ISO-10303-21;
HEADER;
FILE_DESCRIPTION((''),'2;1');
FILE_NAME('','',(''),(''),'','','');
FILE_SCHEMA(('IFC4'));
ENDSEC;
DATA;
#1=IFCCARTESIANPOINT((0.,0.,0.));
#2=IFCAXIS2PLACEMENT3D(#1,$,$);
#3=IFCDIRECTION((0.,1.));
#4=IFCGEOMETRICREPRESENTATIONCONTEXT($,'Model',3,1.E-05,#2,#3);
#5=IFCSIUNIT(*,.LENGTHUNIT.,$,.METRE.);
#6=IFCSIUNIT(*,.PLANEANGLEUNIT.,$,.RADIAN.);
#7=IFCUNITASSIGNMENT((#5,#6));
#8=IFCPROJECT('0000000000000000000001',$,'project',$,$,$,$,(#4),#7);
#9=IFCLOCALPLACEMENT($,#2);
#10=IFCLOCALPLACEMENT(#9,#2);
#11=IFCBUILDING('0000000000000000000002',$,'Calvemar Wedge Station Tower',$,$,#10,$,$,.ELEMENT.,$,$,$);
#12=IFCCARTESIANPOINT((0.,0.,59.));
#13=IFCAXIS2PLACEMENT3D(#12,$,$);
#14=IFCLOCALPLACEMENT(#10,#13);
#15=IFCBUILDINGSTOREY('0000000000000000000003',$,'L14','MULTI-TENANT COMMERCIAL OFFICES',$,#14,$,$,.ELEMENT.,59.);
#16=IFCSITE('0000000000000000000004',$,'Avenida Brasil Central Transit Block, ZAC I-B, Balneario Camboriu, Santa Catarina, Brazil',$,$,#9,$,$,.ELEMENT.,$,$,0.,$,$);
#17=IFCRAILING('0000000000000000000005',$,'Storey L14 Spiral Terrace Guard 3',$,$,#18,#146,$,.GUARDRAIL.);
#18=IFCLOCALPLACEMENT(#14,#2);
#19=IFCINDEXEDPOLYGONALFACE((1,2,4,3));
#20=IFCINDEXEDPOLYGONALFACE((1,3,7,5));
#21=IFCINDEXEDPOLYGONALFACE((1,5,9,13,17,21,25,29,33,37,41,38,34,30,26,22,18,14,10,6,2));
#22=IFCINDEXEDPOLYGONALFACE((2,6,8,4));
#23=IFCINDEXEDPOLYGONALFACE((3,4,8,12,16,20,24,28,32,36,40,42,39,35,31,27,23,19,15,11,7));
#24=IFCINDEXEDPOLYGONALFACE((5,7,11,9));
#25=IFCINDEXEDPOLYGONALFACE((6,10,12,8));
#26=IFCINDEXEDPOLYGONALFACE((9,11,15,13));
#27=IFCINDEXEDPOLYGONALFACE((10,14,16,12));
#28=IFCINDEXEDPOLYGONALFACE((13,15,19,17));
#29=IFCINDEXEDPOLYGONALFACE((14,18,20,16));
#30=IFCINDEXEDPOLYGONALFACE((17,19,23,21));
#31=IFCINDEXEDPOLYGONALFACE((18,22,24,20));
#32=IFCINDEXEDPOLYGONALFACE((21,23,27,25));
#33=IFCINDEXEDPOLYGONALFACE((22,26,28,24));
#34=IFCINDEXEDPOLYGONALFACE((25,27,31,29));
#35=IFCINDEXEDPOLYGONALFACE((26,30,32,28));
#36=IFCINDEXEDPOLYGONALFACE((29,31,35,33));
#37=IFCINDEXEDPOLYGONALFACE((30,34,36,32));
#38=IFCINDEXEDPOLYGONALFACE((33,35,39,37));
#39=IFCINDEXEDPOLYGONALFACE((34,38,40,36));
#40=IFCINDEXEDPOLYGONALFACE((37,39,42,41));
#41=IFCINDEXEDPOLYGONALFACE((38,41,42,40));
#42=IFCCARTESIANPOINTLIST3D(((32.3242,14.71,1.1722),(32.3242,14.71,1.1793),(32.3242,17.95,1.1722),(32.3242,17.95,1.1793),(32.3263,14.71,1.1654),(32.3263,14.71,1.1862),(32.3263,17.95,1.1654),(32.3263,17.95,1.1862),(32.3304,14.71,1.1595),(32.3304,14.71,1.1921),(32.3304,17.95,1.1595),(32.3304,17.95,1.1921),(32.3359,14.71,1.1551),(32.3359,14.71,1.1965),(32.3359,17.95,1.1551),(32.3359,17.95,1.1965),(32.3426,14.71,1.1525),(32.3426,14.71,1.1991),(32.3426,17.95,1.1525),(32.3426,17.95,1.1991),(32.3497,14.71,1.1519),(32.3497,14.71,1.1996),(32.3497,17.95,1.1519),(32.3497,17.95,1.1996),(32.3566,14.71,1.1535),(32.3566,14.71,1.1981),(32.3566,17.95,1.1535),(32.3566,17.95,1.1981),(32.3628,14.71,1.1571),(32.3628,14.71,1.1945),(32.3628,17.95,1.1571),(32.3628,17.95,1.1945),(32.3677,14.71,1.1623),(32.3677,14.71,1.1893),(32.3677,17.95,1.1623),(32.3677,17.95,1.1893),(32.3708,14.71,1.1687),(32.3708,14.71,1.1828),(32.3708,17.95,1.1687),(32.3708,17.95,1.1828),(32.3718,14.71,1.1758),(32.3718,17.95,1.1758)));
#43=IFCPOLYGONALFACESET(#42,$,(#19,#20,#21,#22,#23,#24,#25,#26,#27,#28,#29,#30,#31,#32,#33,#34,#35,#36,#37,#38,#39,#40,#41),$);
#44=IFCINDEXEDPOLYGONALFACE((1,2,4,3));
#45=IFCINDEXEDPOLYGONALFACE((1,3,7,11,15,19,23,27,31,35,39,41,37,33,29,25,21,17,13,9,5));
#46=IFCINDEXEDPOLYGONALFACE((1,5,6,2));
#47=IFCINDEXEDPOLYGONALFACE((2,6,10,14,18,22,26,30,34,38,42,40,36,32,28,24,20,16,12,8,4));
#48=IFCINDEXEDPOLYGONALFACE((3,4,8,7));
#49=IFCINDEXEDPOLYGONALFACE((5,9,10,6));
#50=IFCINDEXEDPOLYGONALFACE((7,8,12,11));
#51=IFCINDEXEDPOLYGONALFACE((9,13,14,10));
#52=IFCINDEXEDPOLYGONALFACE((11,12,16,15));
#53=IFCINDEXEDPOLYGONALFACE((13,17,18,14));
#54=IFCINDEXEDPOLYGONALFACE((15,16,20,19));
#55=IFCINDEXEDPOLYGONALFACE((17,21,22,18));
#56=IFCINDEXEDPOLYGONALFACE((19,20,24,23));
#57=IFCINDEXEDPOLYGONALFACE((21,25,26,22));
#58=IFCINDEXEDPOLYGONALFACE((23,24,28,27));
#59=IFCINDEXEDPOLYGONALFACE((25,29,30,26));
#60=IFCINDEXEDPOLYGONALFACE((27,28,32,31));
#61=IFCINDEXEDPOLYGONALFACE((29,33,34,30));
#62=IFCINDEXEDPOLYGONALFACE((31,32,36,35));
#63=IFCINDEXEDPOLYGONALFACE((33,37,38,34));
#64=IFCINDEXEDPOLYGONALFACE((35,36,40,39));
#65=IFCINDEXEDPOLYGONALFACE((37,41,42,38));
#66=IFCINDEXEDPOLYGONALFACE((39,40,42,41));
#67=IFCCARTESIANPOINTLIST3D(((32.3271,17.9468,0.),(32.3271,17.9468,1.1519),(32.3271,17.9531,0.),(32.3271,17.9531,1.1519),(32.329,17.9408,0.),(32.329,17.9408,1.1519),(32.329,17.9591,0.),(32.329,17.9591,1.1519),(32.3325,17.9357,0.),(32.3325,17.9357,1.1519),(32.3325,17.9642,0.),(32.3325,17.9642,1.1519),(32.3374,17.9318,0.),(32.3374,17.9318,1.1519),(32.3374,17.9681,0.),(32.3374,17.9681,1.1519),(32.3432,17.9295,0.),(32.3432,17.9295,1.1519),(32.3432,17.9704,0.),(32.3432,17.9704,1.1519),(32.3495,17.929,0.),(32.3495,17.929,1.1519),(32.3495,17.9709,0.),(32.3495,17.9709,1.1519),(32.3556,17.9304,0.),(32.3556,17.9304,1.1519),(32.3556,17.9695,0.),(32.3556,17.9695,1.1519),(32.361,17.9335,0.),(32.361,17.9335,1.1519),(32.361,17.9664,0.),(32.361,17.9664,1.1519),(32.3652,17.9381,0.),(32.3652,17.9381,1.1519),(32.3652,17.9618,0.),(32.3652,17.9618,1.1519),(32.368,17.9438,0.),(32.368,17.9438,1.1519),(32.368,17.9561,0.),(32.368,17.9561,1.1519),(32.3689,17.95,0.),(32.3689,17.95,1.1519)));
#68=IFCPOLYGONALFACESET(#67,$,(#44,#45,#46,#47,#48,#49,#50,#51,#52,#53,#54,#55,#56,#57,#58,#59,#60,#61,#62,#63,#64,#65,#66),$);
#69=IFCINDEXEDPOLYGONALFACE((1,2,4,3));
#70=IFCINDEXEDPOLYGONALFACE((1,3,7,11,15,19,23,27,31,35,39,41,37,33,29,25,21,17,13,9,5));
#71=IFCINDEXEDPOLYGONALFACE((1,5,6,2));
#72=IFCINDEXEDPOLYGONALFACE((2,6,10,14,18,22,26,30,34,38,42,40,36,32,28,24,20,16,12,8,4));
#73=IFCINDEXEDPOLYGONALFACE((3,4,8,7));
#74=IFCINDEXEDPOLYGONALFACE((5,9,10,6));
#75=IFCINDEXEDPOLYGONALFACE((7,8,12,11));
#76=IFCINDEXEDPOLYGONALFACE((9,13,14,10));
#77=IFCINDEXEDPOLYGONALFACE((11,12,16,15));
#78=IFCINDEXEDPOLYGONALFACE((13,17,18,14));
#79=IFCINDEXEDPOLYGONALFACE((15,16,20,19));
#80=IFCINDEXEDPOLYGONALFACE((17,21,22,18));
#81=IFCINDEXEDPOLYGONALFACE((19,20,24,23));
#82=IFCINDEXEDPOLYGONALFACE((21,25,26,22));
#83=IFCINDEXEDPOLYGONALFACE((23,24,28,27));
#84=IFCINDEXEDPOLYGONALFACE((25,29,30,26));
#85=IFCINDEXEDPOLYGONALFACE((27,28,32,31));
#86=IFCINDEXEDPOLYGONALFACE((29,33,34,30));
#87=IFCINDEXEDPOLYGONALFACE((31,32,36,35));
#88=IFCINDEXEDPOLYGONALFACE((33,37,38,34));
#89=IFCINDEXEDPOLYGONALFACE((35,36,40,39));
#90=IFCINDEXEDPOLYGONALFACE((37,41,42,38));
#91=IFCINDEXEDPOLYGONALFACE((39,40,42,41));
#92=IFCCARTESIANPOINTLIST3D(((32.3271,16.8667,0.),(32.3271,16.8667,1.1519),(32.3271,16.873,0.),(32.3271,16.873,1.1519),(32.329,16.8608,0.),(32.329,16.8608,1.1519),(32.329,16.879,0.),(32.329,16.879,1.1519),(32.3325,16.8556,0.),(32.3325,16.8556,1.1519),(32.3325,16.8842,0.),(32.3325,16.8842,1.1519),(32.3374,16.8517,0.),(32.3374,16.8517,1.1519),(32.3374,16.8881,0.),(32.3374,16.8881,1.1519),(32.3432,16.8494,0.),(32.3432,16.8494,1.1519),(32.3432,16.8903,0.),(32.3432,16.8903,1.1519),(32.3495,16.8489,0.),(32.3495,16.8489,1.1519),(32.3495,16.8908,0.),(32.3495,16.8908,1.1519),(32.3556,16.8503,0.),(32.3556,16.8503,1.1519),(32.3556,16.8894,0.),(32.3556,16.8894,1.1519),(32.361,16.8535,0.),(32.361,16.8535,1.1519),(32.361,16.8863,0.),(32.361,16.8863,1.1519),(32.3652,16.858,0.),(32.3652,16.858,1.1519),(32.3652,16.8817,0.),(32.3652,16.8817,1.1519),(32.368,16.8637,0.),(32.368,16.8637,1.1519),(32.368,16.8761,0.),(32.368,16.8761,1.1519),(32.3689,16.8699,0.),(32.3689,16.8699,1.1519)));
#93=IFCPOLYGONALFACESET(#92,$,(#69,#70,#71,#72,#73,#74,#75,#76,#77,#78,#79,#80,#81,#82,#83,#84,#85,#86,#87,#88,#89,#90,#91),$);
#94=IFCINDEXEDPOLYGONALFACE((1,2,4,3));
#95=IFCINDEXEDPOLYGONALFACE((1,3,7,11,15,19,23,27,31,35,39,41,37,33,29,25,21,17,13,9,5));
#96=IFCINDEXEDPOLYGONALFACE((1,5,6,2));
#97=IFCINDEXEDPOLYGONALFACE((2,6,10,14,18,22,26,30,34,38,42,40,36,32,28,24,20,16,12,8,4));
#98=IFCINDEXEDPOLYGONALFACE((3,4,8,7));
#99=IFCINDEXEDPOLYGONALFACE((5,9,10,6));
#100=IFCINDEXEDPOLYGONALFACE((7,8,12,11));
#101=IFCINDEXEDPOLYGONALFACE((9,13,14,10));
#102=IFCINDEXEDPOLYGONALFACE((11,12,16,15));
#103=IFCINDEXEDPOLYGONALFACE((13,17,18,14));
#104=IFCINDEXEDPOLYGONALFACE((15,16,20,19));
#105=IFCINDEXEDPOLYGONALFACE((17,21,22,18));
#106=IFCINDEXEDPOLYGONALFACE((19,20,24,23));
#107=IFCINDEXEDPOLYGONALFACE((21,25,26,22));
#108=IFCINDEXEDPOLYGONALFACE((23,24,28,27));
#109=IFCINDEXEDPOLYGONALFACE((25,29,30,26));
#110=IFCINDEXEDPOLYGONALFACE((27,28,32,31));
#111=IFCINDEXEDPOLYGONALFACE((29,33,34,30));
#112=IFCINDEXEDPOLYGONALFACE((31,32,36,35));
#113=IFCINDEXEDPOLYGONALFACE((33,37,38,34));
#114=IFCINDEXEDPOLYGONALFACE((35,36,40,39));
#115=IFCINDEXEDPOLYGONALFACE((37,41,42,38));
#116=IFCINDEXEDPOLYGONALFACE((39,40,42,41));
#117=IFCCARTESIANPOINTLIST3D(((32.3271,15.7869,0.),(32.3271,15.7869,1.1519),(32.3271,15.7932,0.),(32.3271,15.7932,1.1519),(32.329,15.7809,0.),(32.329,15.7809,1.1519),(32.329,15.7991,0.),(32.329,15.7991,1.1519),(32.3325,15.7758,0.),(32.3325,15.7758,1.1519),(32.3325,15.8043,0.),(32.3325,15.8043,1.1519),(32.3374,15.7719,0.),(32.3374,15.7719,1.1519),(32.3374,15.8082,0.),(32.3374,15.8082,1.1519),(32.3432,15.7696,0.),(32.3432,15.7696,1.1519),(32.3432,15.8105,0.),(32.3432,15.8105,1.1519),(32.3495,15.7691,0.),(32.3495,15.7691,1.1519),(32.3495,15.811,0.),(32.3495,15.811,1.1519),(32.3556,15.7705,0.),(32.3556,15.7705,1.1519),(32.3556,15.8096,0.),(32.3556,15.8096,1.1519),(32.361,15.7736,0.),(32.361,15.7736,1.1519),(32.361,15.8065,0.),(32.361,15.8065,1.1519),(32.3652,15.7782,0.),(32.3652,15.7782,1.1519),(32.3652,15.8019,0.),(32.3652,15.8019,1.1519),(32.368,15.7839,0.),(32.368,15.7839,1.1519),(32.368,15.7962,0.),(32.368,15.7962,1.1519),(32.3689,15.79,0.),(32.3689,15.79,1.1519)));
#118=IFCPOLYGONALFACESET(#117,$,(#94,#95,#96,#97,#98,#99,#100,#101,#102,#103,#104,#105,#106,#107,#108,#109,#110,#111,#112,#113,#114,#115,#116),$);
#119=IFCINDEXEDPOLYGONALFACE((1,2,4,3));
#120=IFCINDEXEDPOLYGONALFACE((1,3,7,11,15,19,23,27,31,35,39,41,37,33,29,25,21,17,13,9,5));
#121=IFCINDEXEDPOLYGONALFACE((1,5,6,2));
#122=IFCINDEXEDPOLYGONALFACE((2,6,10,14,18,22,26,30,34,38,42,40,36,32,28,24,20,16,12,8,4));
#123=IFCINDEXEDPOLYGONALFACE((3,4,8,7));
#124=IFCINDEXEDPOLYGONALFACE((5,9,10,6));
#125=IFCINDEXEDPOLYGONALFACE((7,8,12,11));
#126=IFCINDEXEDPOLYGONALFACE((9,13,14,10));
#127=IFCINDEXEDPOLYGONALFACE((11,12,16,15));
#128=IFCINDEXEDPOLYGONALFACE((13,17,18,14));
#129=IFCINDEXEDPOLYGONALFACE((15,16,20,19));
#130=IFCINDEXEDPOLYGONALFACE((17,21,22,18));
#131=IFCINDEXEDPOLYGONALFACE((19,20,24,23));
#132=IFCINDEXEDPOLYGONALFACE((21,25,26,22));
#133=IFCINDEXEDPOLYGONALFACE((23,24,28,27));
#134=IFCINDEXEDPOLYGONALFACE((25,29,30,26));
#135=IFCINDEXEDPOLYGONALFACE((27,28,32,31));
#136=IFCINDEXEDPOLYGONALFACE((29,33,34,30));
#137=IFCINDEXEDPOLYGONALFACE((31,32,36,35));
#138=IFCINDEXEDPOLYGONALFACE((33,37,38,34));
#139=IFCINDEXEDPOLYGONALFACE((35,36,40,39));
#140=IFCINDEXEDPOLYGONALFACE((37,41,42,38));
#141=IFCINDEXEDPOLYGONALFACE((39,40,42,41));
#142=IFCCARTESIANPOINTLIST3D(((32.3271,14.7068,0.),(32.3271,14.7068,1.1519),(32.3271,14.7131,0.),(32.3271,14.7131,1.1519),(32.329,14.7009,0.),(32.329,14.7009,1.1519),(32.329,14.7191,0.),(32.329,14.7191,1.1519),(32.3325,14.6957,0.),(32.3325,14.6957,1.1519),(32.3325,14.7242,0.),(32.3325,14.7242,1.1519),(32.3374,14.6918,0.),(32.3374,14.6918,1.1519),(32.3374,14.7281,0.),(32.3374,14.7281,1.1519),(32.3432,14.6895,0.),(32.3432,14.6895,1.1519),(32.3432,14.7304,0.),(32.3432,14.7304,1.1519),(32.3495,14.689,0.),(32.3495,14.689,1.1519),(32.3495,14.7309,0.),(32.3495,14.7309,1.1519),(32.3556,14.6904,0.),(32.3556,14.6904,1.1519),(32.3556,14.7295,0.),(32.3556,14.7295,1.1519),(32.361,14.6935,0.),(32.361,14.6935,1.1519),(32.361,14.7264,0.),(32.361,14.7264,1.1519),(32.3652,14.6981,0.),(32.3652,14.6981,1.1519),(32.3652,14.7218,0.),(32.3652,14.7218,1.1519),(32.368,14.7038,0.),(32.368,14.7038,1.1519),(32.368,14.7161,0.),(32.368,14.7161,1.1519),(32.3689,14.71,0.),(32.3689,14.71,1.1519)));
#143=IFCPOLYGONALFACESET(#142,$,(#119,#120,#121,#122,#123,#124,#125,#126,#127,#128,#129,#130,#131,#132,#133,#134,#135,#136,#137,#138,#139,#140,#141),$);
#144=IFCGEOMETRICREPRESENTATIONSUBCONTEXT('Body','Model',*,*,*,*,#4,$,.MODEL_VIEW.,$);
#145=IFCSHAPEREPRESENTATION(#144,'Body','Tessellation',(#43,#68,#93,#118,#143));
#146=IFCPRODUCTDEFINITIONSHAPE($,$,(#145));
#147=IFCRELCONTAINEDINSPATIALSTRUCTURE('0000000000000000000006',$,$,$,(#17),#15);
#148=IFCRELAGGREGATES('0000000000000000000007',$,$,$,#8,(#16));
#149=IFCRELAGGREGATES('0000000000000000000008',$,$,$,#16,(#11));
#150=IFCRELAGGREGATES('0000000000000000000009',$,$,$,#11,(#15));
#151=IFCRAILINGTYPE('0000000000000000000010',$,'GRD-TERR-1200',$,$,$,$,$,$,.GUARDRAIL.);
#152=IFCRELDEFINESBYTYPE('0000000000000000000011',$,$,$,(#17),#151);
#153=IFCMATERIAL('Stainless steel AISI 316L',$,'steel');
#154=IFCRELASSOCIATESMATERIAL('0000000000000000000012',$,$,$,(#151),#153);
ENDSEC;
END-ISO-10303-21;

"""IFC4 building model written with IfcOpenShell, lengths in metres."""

from ifc_helpers import new_model, si_unit, direction, frame, origin, origin_2d, place, context, subcontext, project, spatial, circle, extrude, material, type_object, element, save


model = new_model("IFC4")

# Units and contexts
model_context = context("Model", 3, precision=1e-05, world=origin(), true_north=direction((0.0, 1.0)))
body_context = subcontext(model_context, "Body", "Model", "MODEL_VIEW")
ifc_project = project(units=[si_unit("LENGTHUNIT", "METRE"), si_unit("PLANEANGLEUNIT", "RADIAN")], contexts=[model_context])

# Site, building, storey
site_placement = place(None, origin())
site = spatial("IfcSite", under=ifc_project, at=site_placement, Name="Avenida Brasil Central Transit Block, ZAC I-B, Balneario Camboriu, Santa Catarina, Brazil", CompositionType="ELEMENT", RefElevation=0.0)
building_placement = place(site_placement, origin())
building = spatial("IfcBuilding", under=site, at=building_placement, Name="Calvemar Wedge Station Tower", CompositionType="ELEMENT")
storey_placement = place(building_placement, frame((0.0, 0.0, 59.0)))
storey = spatial("IfcBuildingStorey", under=building, at=storey_placement, Name="L14", Description="MULTI-TENANT COMMERCIAL OFFICES", CompositionType="ELEMENT", Elevation=59.0)

# Railing
ifc_material_1 = material(Name="Stainless steel AISI 316L", Category="steel")
railing_type = type_object("IfcRailingType", Name="GRD-TERR-1200", PredefinedType="GUARDRAIL", material=ifc_material_1)
railing_1_placement = place(storey_placement, frame((32.3479, 17.95, 0.0)))
element("IfcRailing", 1, at=railing_1_placement, inside=storey, type_object=railing_type, Name="Storey L14 Spiral Terrace Guard 3", PredefinedType="GUARDRAIL", context=body_context, shape_type="SweptSolid", body=[
    extrude(circle(Radius=0.0239, at=origin_2d()), frame((0.0, 0.0, 1.1758), z_axis=(0.0, -1.0, 0.0), x_axis=(1.0, 0.0, 0.0)), (0.0, 0.0, 1.0), 3.24),
    extrude(circle(Radius=0.021, at=origin_2d()), origin(), (0.0, 0.0, 1.0), 1.1519),
    extrude(circle(Radius=0.021, at=origin_2d()), frame((0.0, -1.0801, 0.0)), (0.0, 0.0, 1.0), 1.1519),
    extrude(circle(Radius=0.021, at=origin_2d()), frame((0.0, -2.1599, 0.0)), (0.0, 0.0, 1.0), 1.1519),
    extrude(circle(Radius=0.021, at=origin_2d()), frame((0.0, -3.24, 0.0)), (0.0, 0.0, 1.0), 1.1519),
])

save(model, "model.ifc")
